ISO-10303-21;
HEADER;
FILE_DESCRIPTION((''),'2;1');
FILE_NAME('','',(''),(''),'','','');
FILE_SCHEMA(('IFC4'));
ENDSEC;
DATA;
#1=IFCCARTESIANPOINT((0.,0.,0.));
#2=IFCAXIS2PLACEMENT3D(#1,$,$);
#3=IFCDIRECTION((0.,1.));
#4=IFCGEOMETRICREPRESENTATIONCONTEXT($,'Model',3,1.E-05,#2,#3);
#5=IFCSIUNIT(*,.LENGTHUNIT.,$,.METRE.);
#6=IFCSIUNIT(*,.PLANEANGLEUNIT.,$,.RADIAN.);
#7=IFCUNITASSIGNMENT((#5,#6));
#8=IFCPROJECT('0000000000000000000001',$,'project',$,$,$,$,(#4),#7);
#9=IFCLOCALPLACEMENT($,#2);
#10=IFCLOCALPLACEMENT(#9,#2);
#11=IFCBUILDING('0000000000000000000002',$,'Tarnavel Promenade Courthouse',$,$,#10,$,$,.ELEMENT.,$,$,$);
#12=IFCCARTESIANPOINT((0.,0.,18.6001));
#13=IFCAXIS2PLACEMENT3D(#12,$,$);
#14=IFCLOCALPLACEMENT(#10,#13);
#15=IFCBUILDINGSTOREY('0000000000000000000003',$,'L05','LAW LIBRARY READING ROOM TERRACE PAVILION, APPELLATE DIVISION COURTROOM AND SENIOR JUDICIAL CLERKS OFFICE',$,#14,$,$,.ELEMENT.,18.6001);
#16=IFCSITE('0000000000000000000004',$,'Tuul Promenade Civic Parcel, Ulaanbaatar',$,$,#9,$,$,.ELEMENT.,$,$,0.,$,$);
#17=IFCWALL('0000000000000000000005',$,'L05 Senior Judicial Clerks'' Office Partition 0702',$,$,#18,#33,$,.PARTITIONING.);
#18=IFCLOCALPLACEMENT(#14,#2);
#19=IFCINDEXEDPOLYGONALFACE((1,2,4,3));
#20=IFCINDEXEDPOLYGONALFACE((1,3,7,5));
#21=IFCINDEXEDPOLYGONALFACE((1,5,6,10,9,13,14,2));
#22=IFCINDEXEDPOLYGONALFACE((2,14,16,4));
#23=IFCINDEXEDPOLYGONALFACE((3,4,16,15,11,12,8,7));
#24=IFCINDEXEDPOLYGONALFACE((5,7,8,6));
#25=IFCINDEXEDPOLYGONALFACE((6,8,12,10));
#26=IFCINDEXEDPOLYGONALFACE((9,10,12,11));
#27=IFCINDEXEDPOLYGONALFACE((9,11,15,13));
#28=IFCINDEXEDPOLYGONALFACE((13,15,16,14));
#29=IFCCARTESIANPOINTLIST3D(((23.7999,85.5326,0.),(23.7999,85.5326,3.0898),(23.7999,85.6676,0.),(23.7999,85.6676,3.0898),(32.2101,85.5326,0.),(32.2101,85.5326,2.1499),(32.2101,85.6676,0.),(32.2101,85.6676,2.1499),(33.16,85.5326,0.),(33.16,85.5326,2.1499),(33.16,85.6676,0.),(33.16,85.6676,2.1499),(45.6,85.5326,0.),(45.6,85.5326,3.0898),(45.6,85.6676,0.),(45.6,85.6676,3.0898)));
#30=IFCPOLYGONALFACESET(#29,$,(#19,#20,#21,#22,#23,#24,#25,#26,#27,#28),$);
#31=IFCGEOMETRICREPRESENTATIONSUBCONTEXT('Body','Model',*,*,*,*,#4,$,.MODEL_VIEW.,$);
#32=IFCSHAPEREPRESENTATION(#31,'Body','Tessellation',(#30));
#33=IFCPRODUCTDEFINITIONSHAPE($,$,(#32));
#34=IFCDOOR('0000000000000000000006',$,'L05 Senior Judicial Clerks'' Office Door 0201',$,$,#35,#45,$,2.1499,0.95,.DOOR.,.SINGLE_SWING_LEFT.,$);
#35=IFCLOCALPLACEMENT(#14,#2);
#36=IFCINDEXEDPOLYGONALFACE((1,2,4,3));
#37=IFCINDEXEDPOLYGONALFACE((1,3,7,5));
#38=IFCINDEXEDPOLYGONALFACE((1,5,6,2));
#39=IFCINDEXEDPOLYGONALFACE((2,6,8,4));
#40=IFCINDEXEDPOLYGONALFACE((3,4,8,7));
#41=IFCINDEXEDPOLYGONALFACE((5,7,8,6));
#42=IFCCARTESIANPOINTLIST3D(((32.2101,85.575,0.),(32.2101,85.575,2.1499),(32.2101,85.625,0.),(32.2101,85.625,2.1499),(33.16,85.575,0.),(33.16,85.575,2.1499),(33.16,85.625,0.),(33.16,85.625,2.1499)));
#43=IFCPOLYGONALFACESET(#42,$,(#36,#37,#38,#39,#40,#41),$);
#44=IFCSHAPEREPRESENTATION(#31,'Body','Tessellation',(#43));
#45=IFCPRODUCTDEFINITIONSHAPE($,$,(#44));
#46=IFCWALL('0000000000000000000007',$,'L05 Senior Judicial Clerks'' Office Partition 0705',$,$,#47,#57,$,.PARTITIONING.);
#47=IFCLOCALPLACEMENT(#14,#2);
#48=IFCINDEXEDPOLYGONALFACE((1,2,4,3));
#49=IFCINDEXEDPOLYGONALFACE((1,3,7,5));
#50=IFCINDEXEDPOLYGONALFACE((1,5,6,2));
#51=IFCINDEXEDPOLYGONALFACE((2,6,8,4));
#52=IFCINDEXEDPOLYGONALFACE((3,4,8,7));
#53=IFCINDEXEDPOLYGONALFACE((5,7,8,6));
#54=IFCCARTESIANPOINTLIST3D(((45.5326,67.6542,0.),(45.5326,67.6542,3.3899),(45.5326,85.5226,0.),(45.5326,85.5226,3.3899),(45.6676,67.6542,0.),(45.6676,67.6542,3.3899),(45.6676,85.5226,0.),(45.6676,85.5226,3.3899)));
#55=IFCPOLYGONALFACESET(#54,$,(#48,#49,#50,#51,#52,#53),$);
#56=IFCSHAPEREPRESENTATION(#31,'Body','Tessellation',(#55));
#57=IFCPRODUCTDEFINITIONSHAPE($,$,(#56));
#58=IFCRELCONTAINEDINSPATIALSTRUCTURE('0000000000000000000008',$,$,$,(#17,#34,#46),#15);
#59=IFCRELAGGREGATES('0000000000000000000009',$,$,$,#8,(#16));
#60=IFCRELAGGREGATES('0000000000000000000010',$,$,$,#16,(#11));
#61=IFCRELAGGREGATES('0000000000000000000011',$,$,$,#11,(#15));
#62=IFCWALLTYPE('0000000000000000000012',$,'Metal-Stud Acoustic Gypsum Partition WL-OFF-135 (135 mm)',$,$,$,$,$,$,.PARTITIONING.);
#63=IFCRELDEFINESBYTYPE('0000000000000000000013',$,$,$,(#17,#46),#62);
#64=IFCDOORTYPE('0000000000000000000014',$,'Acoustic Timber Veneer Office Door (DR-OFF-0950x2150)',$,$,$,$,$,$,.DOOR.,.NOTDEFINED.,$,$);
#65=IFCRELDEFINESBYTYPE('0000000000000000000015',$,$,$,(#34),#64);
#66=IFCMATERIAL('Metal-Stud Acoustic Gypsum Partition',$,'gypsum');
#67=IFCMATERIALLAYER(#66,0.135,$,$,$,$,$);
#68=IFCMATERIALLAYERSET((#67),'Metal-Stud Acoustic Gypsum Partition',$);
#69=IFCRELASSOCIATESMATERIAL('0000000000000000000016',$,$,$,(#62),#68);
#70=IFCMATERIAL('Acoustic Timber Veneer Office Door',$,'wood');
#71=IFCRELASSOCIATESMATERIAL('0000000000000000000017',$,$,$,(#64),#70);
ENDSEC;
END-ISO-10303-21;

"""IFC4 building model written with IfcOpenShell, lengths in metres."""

from ifc_helpers import new_model, si_unit, direction, frame, frame_2d, origin, place, context, subcontext, project, spatial, rectangle, extrude, material, layer, layer_set, type_object, element, fill, save


model = new_model("IFC4")

# Units and contexts
model_context = context("Model", 3, precision=1e-05, world=origin(), true_north=direction((0.0, 1.0)))
body_context = subcontext(model_context, "Body", "Model", "MODEL_VIEW")
ifc_project = project(units=[si_unit("LENGTHUNIT", "METRE"), si_unit("PLANEANGLEUNIT", "RADIAN")], contexts=[model_context])

# Site, building, storey
site_placement = place(None, origin())
site = spatial("IfcSite", under=ifc_project, at=site_placement, Name="Tuul Promenade Civic Parcel, Ulaanbaatar", CompositionType="ELEMENT", RefElevation=0.0)
building_placement = place(site_placement, origin())
building = spatial("IfcBuilding", under=site, at=building_placement, Name="Tarnavel Promenade Courthouse", CompositionType="ELEMENT")
storey_placement = place(building_placement, frame((0.0, 0.0, 18.6001)))
storey = spatial("IfcBuildingStorey", under=building, at=storey_placement, Name="L05", Description="LAW LIBRARY READING ROOM TERRACE PAVILION, APPELLATE DIVISION COURTROOM AND SENIOR JUDICIAL CLERKS OFFICE", CompositionType="ELEMENT", Elevation=18.6001)

# Shared definitions
ifc_material_1 = material(Name="Metal-Stud Acoustic Gypsum Partition", Category="gypsum")
ifc_layer_1 = layer(ifc_material_1, 0.135)
ifc_layer_set_1 = layer_set([ifc_layer_1], Name="Metal-Stud Acoustic Gypsum Partition")
wall_type_1 = type_object("IfcWallType", Name="Metal-Stud Acoustic Gypsum Partition WL-OFF-135 (135 mm)", PredefinedType="PARTITIONING", material=ifc_layer_set_1)
ifc_material_2 = material(Name="Acoustic Timber Veneer Office Door", Category="wood")
door_type_1 = type_object("IfcDoorType", Name="Acoustic Timber Veneer Office Door (DR-OFF-0950x2150)", OperationType="NOTDEFINED", PredefinedType="DOOR", material=ifc_material_2)

# Wall, opening, door
wall_1_placement = place(storey_placement, frame((23.8, 85.6001, 0.0), z_axis=(0.0, 0.0, 1.0), x_axis=(1.0, 0.0, 0.0)))
wall_1 = element("IfcWall", 1, at=wall_1_placement, inside=storey, type_object=wall_type_1, Name="L05 Senior Judicial Clerks' Office Partition 0702", PredefinedType="PARTITIONING", context=body_context, shape_type="SweptSolid", body=[
    extrude(rectangle(XDim=21.8, YDim=0.135, at=frame_2d((10.8999, 0.0))), origin(), (0.0, 0.0, 1.0), 3.0898),
])
opening_1_placement = place(wall_1_placement, frame((8.4099, 0.0, 0.0)))
opening_1 = element("IfcOpeningElement", 2, at=opening_1_placement, cuts=wall_1, PredefinedType="OPENING", context=body_context, shape_type="SweptSolid", body=[
    extrude(rectangle(XDim=0.95, YDim=2.1499, at=frame_2d((0.4751, 1.075))), frame((0.0, 0.0774, 0.0), z_axis=(0.0, -1.0, 0.0), x_axis=(1.0, 0.0, 0.0)), (0.0, 0.0, 1.0), 0.155),
])
door_1_placement = place(opening_1_placement, origin())
door_1 = element("IfcDoor", 3, at=door_1_placement, inside=storey, type_object=door_type_1, Name="L05 Senior Judicial Clerks' Office Door 0201", OperationType="SINGLE_SWING_LEFT", OverallHeight=2.1499, OverallWidth=0.95, PredefinedType="DOOR", context=body_context, shape_type="SweptSolid", body=[
    extrude(rectangle(XDim=0.95, YDim=2.1499, at=frame_2d((0.4751, 1.075))), frame((0.0, 0.0249, 0.0), z_axis=(0.0, -1.0, 0.0), x_axis=(1.0, 0.0, 0.0)), (0.0, 0.0, 1.0), 0.05),
])
fill(opening_1, door_1)

# Wall
wall_2_placement = place(storey_placement, frame((45.6001, 85.5225, 0.0), z_axis=(0.0, 0.0, 1.0), x_axis=(0.0, -1.0, 0.0)))
element("IfcWall", 4, at=wall_2_placement, inside=storey, type_object=wall_type_1, Name="L05 Senior Judicial Clerks' Office Partition 0705", PredefinedType="PARTITIONING", context=body_context, shape_type="SweptSolid", body=[
    extrude(rectangle(XDim=17.8684, YDim=0.135, at=frame_2d((8.9341, 0.0))), origin(), (0.0, 0.0, 1.0), 3.3899),
])

save(model, "model.ifc")
